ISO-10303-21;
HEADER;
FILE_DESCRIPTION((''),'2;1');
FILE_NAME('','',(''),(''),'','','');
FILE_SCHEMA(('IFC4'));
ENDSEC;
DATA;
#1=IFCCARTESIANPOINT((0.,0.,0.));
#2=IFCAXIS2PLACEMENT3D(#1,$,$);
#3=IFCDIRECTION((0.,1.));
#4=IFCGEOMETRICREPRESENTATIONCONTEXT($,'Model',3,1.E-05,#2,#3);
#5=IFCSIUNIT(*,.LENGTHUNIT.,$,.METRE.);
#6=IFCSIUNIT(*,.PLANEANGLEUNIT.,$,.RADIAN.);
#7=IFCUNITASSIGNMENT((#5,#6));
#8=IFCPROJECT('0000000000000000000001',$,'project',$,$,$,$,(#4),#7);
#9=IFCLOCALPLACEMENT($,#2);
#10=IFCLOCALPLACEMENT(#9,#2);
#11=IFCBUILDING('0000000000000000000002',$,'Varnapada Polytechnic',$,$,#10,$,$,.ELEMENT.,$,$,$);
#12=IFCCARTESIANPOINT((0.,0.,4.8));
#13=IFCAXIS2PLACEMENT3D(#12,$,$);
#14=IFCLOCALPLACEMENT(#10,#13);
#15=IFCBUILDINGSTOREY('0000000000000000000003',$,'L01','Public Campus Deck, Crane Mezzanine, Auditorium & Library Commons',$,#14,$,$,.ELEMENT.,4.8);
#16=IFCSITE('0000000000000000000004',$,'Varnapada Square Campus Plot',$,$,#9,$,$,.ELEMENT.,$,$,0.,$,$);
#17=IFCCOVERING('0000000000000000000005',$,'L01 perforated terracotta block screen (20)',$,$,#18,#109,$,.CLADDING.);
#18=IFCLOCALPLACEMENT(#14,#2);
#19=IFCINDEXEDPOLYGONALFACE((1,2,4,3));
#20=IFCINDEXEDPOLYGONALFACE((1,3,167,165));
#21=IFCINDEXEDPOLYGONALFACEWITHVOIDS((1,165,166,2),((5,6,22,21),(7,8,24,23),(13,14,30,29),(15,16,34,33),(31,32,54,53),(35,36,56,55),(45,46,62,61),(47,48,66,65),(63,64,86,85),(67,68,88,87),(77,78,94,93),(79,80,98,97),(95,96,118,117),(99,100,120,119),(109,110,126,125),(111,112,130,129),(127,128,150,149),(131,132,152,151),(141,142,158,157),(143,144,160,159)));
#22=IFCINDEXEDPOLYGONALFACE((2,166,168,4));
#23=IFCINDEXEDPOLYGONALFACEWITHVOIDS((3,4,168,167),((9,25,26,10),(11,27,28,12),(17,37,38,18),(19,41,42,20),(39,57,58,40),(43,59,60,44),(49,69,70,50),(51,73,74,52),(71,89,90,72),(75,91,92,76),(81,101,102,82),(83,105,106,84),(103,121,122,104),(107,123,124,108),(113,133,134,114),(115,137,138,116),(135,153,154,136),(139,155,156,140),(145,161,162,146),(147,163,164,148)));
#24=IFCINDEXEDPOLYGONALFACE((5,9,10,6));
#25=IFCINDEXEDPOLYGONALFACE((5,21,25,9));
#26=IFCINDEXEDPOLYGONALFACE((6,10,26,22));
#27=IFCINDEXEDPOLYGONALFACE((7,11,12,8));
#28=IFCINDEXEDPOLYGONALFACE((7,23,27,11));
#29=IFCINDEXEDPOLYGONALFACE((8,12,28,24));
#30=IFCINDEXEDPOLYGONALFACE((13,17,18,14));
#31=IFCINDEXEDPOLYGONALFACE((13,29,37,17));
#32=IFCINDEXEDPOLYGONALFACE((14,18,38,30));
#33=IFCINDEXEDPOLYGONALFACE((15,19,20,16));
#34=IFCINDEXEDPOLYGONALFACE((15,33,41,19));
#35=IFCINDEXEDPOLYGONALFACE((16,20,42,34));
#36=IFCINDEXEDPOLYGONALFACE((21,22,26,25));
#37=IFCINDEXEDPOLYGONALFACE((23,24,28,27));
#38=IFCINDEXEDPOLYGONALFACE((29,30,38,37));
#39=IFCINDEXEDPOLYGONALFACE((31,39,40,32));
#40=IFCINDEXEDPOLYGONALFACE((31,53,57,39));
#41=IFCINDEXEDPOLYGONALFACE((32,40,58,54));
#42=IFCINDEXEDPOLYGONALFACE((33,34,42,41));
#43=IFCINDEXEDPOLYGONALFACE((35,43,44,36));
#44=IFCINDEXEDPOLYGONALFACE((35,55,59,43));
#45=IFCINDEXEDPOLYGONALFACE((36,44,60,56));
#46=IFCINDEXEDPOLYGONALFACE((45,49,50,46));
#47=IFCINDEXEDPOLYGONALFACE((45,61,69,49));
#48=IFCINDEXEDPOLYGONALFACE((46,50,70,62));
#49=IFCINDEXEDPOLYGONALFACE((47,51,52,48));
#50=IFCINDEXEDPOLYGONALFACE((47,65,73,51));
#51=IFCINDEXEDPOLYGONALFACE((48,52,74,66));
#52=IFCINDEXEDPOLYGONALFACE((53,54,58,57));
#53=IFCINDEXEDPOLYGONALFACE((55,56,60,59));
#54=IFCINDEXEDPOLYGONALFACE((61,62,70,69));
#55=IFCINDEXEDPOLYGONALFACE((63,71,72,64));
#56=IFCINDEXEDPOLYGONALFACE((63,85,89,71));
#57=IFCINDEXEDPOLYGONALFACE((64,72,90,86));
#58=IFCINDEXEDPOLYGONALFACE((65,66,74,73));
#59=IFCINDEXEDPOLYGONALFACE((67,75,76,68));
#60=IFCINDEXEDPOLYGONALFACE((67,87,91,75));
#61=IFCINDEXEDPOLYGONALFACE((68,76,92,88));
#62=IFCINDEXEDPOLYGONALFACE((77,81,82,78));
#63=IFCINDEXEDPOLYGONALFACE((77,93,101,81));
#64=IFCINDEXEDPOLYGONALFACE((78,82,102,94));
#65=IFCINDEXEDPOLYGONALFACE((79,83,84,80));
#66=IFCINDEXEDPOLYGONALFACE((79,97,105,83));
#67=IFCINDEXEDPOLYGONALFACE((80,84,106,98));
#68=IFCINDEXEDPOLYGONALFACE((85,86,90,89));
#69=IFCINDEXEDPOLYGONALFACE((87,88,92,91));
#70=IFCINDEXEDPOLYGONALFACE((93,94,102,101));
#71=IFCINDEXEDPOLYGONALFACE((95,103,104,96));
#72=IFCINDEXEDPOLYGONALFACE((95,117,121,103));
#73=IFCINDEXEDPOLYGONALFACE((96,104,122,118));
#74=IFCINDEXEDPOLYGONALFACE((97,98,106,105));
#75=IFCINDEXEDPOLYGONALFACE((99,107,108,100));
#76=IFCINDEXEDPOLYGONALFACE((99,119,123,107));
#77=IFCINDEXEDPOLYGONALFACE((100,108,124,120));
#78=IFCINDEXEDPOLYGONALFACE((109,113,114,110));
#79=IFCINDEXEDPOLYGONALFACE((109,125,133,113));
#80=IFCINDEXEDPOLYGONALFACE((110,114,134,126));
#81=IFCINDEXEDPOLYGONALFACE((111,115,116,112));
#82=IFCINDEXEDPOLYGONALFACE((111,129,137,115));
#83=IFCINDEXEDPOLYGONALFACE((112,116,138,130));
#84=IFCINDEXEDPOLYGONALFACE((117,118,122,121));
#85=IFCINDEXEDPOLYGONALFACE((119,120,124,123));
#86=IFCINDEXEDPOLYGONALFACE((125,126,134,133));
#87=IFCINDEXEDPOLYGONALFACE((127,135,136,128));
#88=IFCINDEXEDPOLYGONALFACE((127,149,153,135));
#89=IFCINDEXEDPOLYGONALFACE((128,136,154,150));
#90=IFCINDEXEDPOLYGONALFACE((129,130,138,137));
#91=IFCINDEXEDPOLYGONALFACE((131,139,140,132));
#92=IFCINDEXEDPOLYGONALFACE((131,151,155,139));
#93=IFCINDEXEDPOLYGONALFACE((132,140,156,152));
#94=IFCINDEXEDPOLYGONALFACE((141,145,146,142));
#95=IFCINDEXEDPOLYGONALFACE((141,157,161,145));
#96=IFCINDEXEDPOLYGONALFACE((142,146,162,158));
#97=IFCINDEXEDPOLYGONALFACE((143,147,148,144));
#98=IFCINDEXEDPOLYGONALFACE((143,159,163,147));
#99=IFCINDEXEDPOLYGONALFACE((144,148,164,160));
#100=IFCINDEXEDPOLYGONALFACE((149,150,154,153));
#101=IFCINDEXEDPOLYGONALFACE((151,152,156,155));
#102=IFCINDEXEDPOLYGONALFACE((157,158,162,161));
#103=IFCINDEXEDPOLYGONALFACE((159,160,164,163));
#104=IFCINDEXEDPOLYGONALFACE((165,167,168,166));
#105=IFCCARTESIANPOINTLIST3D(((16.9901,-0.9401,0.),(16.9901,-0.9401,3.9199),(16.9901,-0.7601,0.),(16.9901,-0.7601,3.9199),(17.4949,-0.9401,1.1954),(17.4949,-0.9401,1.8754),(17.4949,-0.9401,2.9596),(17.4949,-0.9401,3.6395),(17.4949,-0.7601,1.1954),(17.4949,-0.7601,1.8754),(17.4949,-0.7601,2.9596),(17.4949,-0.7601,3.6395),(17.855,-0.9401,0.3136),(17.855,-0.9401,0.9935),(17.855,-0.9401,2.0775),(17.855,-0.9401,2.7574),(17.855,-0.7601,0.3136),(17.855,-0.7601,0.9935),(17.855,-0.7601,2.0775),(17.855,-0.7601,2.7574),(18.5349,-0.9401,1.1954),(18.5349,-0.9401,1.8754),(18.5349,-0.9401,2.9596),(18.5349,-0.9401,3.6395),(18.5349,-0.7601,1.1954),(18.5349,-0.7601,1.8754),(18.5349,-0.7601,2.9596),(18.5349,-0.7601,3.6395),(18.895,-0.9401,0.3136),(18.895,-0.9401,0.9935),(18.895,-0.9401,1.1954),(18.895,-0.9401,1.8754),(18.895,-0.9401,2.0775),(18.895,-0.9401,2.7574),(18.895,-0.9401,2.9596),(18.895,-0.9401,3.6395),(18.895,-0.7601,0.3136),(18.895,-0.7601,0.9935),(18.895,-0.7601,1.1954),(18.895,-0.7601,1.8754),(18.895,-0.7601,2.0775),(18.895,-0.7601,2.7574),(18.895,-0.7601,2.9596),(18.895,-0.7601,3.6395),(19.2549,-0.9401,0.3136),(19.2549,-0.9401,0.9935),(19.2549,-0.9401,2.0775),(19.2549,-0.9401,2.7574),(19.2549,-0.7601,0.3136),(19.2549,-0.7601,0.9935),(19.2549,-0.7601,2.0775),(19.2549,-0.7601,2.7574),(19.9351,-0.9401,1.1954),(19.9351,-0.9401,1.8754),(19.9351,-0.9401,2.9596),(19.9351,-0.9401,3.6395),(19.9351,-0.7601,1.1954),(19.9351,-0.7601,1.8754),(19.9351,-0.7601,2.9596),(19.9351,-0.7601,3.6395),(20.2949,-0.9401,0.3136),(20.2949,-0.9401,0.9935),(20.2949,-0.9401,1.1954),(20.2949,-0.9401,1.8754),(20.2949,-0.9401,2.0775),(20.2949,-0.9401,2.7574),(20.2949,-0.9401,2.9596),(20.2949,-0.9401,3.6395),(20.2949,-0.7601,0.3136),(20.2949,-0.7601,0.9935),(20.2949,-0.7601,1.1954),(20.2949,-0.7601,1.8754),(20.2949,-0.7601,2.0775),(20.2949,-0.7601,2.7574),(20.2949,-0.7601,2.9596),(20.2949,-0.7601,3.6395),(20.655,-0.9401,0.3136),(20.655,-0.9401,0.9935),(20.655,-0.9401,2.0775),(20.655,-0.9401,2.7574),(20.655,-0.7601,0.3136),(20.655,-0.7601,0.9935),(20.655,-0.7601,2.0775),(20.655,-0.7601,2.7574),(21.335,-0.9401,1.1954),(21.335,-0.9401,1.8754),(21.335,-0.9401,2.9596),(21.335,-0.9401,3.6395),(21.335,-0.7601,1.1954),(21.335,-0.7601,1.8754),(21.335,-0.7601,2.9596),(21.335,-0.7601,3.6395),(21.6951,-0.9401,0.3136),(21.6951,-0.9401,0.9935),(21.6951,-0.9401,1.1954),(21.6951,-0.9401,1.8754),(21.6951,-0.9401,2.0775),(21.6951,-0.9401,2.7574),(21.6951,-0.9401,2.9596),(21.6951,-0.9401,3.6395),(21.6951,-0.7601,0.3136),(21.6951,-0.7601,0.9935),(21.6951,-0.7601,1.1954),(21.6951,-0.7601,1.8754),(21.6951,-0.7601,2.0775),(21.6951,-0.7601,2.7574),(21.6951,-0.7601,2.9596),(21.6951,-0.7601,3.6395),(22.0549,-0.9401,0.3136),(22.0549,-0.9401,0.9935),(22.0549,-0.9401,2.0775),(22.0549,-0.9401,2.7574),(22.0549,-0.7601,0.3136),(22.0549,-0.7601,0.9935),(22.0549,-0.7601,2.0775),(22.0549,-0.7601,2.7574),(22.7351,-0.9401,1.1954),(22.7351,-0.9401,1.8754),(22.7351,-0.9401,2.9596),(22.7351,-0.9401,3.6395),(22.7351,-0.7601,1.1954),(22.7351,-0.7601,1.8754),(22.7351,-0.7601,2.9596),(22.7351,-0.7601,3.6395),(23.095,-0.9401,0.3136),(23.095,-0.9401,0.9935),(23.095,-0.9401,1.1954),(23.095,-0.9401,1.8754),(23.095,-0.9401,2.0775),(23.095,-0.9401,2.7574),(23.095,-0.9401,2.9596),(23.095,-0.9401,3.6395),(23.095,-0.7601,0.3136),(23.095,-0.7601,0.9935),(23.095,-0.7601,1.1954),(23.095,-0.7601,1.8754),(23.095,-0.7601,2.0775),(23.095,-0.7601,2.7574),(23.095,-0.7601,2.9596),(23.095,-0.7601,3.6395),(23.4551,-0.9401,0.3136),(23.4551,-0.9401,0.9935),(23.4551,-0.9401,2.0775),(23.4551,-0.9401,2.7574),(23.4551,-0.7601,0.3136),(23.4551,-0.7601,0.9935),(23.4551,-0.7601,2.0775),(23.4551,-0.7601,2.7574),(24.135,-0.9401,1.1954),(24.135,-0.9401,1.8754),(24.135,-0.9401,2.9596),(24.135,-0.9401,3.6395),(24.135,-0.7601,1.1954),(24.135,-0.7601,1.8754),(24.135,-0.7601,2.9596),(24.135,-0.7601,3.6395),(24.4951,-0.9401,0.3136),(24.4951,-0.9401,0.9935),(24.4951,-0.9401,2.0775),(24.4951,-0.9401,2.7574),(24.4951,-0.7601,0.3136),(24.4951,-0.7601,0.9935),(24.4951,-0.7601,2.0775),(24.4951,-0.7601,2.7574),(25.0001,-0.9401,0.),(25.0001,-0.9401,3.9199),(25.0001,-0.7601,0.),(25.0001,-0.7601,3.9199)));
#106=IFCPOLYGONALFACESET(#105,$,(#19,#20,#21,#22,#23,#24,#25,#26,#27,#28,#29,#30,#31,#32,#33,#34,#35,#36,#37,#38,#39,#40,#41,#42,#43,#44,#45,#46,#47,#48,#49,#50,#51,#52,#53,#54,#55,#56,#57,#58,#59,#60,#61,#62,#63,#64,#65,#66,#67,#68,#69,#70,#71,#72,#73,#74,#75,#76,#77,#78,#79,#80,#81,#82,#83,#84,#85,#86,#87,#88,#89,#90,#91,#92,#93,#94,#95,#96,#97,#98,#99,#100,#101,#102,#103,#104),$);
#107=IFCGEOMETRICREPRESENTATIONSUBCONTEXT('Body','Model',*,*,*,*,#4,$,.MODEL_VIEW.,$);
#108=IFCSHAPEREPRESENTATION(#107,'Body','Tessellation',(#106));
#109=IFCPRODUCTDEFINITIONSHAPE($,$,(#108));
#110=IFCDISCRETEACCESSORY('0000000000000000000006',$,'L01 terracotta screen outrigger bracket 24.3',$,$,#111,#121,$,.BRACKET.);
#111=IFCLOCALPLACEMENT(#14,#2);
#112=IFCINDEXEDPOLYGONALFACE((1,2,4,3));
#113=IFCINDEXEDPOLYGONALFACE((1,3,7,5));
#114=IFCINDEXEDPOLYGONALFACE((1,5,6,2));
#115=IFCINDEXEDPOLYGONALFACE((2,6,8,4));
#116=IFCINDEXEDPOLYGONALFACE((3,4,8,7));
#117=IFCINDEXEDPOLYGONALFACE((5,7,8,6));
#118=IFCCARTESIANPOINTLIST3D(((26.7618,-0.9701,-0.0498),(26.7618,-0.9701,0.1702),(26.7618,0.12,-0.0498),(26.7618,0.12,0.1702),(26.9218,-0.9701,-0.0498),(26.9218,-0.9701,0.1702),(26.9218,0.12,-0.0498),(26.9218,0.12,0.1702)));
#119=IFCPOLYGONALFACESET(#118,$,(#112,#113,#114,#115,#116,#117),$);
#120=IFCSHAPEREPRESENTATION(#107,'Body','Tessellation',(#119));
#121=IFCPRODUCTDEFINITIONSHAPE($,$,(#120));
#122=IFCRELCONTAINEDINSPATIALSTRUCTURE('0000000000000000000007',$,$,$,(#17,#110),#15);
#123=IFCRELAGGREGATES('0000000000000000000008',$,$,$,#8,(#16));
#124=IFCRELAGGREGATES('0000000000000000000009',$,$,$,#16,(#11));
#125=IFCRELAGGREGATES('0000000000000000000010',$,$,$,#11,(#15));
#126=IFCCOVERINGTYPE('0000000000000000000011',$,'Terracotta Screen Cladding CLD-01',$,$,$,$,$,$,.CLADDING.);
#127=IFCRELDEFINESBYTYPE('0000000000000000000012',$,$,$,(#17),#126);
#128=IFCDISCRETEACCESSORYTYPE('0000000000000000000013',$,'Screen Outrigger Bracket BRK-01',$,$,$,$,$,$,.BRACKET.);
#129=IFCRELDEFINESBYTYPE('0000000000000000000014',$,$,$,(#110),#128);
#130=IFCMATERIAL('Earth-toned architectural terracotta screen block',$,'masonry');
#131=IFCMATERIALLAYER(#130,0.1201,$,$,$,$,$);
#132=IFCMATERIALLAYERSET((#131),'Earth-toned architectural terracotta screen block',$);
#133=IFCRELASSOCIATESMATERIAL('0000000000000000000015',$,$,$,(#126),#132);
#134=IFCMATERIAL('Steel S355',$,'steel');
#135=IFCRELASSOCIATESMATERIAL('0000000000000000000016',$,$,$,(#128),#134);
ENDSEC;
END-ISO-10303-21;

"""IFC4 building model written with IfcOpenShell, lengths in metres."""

from ifc_helpers import new_model, si_unit, direction, frame, frame_2d, origin, origin_2d, place, context, subcontext, project, spatial, rectangle, extrude, material, layer, layer_set, type_object, element, save


model = new_model("IFC4")

# Units and contexts
model_context = context("Model", 3, precision=1e-05, world=origin(), true_north=direction((0.0, 1.0)))
body_context = subcontext(model_context, "Body", "Model", "MODEL_VIEW")
ifc_project = project(units=[si_unit("LENGTHUNIT", "METRE"), si_unit("PLANEANGLEUNIT", "RADIAN")], contexts=[model_context])

# Site, building, storey
site_placement = place(None, origin())
site = spatial("IfcSite", under=ifc_project, at=site_placement, Name="Varnapada Square Campus Plot", CompositionType="ELEMENT", RefElevation=0.0)
building_placement = place(site_placement, origin())
building = spatial("IfcBuilding", under=site, at=building_placement, Name="Varnapada Polytechnic", CompositionType="ELEMENT")
storey_placement = place(building_placement, frame((0.0, 0.0, 4.8)))
storey = spatial("IfcBuildingStorey", under=building, at=storey_placement, Name="L01", Description="Public Campus Deck, Crane Mezzanine, Auditorium & Library Commons", CompositionType="ELEMENT", Elevation=4.8)

# Shared definitions
ifc_material_1 = material(Name="Steel S355", Category="steel")

# Covering, openings
ifc_material_2 = material(Name="Earth-toned architectural terracotta screen block", Category="masonry")
ifc_layer_1 = layer(ifc_material_2, 0.1201)
ifc_layer_set_1 = layer_set([ifc_layer_1], Name="Earth-toned architectural terracotta screen block")
covering_type = type_object("IfcCoveringType", Name="Terracotta Screen Cladding CLD-01", PredefinedType="CLADDING", material=ifc_layer_set_1)
covering_placement = place(storey_placement, frame((25.0, -0.8501, 0.0), z_axis=(0.0, 0.0, 1.0), x_axis=(-1.0, 0.0, 0.0)))
covering = element("IfcCovering", 1, at=covering_placement, inside=storey, type_object=covering_type, Name="L01 perforated terracotta block screen (20)", PredefinedType="CLADDING", context=body_context, shape_type="SweptSolid", body=[
    extrude(rectangle(XDim=8.01, YDim=0.1799, at=frame_2d((4.0049, 0.0))), origin(), (0.0, 0.0, 1.0), 3.9199),
])
opening_1_placement = place(covering_placement, frame((0.5049, 0.0, 0.3137)))
element("IfcOpeningElement", 2, at=opening_1_placement, cuts=covering, PredefinedType="OPENING", context=body_context, shape_type="SweptSolid", body=[
    extrude(rectangle(XDim=1.04, YDim=0.6799, at=frame_2d((0.52, 0.3398))), frame((0.0, 0.0999, 0.0), z_axis=(0.0, -1.0, 0.0), x_axis=(1.0, 0.0, 0.0)), (0.0, 0.0, 1.0), 0.2),
])
opening_2_placement = place(covering_placement, frame((1.905, 0.0, 0.3137)))
element("IfcOpeningElement", 3, at=opening_2_placement, cuts=covering, PredefinedType="OPENING", context=body_context, shape_type="SweptSolid", body=[
    extrude(rectangle(XDim=1.04, YDim=0.6799, at=frame_2d((0.52, 0.3398))), frame((0.0, 0.0999, 0.0), z_axis=(0.0, -1.0, 0.0), x_axis=(1.0, 0.0, 0.0)), (0.0, 0.0, 1.0), 0.2),
])
opening_3_placement = place(covering_placement, frame((3.3049, 0.0, 0.3137)))
element("IfcOpeningElement", 4, at=opening_3_placement, cuts=covering, PredefinedType="OPENING", context=body_context, shape_type="SweptSolid", body=[
    extrude(rectangle(XDim=1.04, YDim=0.6799, at=frame_2d((0.52, 0.3398))), frame((0.0, 0.0999, 0.0), z_axis=(0.0, -1.0, 0.0), x_axis=(1.0, 0.0, 0.0)), (0.0, 0.0, 1.0), 0.2),
])
opening_4_placement = place(covering_placement, frame((4.7051, 0.0, 0.3137)))
element("IfcOpeningElement", 5, at=opening_4_placement, cuts=covering, PredefinedType="OPENING", context=body_context, shape_type="SweptSolid", body=[
    extrude(rectangle(XDim=1.04, YDim=0.6799, at=frame_2d((0.52, 0.3398))), frame((0.0, 0.0999, 0.0), z_axis=(0.0, -1.0, 0.0), x_axis=(1.0, 0.0, 0.0)), (0.0, 0.0, 1.0), 0.2),
])
opening_5_placement = place(covering_placement, frame((6.105, 0.0, 0.3137)))
element("IfcOpeningElement", 6, at=opening_5_placement, cuts=covering, PredefinedType="OPENING", context=body_context, shape_type="SweptSolid", body=[
    extrude(rectangle(XDim=1.04, YDim=0.6799, at=frame_2d((0.52, 0.3398))), frame((0.0, 0.0999, 0.0), z_axis=(0.0, -1.0, 0.0), x_axis=(1.0, 0.0, 0.0)), (0.0, 0.0, 1.0), 0.2),
])
opening_6_placement = place(covering_placement, frame((0.865, 0.0, 1.1956)))
element("IfcOpeningElement", 7, at=opening_6_placement, cuts=covering, PredefinedType="OPENING", context=body_context, shape_type="SweptSolid", body=[
    extrude(rectangle(XDim=1.04, YDim=0.6799, at=frame_2d((0.52, 0.3398))), frame((0.0, 0.0999, 0.0), z_axis=(0.0, -1.0, 0.0), x_axis=(1.0, 0.0, 0.0)), (0.0, 0.0, 1.0), 0.2),
])
opening_7_placement = place(covering_placement, frame((2.2649, 0.0, 1.1956)))
element("IfcOpeningElement", 8, at=opening_7_placement, cuts=covering, PredefinedType="OPENING", context=body_context, shape_type="SweptSolid", body=[
    extrude(rectangle(XDim=1.04, YDim=0.6799, at=frame_2d((0.52, 0.3398))), frame((0.0, 0.0999, 0.0), z_axis=(0.0, -1.0, 0.0), x_axis=(1.0, 0.0, 0.0)), (0.0, 0.0, 1.0), 0.2),
])
opening_8_placement = place(covering_placement, frame((3.665, 0.0, 1.1956)))
element("IfcOpeningElement", 9, at=opening_8_placement, cuts=covering, PredefinedType="OPENING", context=body_context, shape_type="SweptSolid", body=[
    extrude(rectangle(XDim=1.04, YDim=0.6799, at=frame_2d((0.52, 0.3398))), frame((0.0, 0.0999, 0.0), z_axis=(0.0, -1.0, 0.0), x_axis=(1.0, 0.0, 0.0)), (0.0, 0.0, 1.0), 0.2),
])
opening_9_placement = place(covering_placement, frame((5.0649, 0.0, 1.1956)))
element("IfcOpeningElement", 10, at=opening_9_placement, cuts=covering, PredefinedType="OPENING", context=body_context, shape_type="SweptSolid", body=[
    extrude(rectangle(XDim=1.04, YDim=0.6799, at=frame_2d((0.52, 0.3398))), frame((0.0, 0.0999, 0.0), z_axis=(0.0, -1.0, 0.0), x_axis=(1.0, 0.0, 0.0)), (0.0, 0.0, 1.0), 0.2),
])
opening_10_placement = place(covering_placement, frame((6.4651, 0.0, 1.1956)))
element("IfcOpeningElement", 11, at=opening_10_placement, cuts=covering, PredefinedType="OPENING", context=body_context, shape_type="SweptSolid", body=[
    extrude(rectangle(XDim=1.04, YDim=0.6799, at=frame_2d((0.52, 0.3398))), frame((0.0, 0.0999, 0.0), z_axis=(0.0, -1.0, 0.0), x_axis=(1.0, 0.0, 0.0)), (0.0, 0.0, 1.0), 0.2),
])
opening_11_placement = place(covering_placement, frame((0.5049, 0.0, 2.0776)))
element("IfcOpeningElement", 12, at=opening_11_placement, cuts=covering, PredefinedType="OPENING", context=body_context, shape_type="SweptSolid", body=[
    extrude(rectangle(XDim=1.04, YDim=0.6799, at=frame_2d((0.52, 0.3398))), frame((0.0, 0.0999, 0.0), z_axis=(0.0, -1.0, 0.0), x_axis=(1.0, 0.0, 0.0)), (0.0, 0.0, 1.0), 0.2),
])
opening_12_placement = place(covering_placement, frame((1.905, 0.0, 2.0776)))
element("IfcOpeningElement", 13, at=opening_12_placement, cuts=covering, PredefinedType="OPENING", context=body_context, shape_type="SweptSolid", body=[
    extrude(rectangle(XDim=1.04, YDim=0.6799, at=frame_2d((0.52, 0.3398))), frame((0.0, 0.0999, 0.0), z_axis=(0.0, -1.0, 0.0), x_axis=(1.0, 0.0, 0.0)), (0.0, 0.0, 1.0), 0.2),
])
opening_13_placement = place(covering_placement, frame((3.3049, 0.0, 2.0776)))
element("IfcOpeningElement", 14, at=opening_13_placement, cuts=covering, PredefinedType="OPENING", context=body_context, shape_type="SweptSolid", body=[
    extrude(rectangle(XDim=1.04, YDim=0.6799, at=frame_2d((0.52, 0.3398))), frame((0.0, 0.0999, 0.0), z_axis=(0.0, -1.0, 0.0), x_axis=(1.0, 0.0, 0.0)), (0.0, 0.0, 1.0), 0.2),
])
opening_14_placement = place(covering_placement, frame((4.7051, 0.0, 2.0776)))
element("IfcOpeningElement", 15, at=opening_14_placement, cuts=covering, PredefinedType="OPENING", context=body_context, shape_type="SweptSolid", body=[
    extrude(rectangle(XDim=1.04, YDim=0.6799, at=frame_2d((0.52, 0.3398))), frame((0.0, 0.0999, 0.0), z_axis=(0.0, -1.0, 0.0), x_axis=(1.0, 0.0, 0.0)), (0.0, 0.0, 1.0), 0.2),
])
opening_15_placement = place(covering_placement, frame((6.105, 0.0, 2.0776)))
element("IfcOpeningElement", 16, at=opening_15_placement, cuts=covering, PredefinedType="OPENING", context=body_context, shape_type="SweptSolid", body=[
    extrude(rectangle(XDim=1.04, YDim=0.6799, at=frame_2d((0.52, 0.3398))), frame((0.0, 0.0999, 0.0), z_axis=(0.0, -1.0, 0.0), x_axis=(1.0, 0.0, 0.0)), (0.0, 0.0, 1.0), 0.2),
])
opening_16_placement = place(covering_placement, frame((0.865, 0.0, 2.9597)))
element("IfcOpeningElement", 17, at=opening_16_placement, cuts=covering, PredefinedType="OPENING", context=body_context, shape_type="SweptSolid", body=[
    extrude(rectangle(XDim=1.04, YDim=0.6799, at=frame_2d((0.52, 0.3398))), frame((0.0, 0.0999, 0.0), z_axis=(0.0, -1.0, 0.0), x_axis=(1.0, 0.0, 0.0)), (0.0, 0.0, 1.0), 0.2),
])
opening_17_placement = place(covering_placement, frame((2.2649, 0.0, 2.9597)))
element("IfcOpeningElement", 18, at=opening_17_placement, cuts=covering, PredefinedType="OPENING", context=body_context, shape_type="SweptSolid", body=[
    extrude(rectangle(XDim=1.04, YDim=0.6799, at=frame_2d((0.52, 0.3398))), frame((0.0, 0.0999, 0.0), z_axis=(0.0, -1.0, 0.0), x_axis=(1.0, 0.0, 0.0)), (0.0, 0.0, 1.0), 0.2),
])
opening_18_placement = place(covering_placement, frame((3.665, 0.0, 2.9597)))
element("IfcOpeningElement", 19, at=opening_18_placement, cuts=covering, PredefinedType="OPENING", context=body_context, shape_type="SweptSolid", body=[
    extrude(rectangle(XDim=1.04, YDim=0.6799, at=frame_2d((0.52, 0.3398))), frame((0.0, 0.0999, 0.0), z_axis=(0.0, -1.0, 0.0), x_axis=(1.0, 0.0, 0.0)), (0.0, 0.0, 1.0), 0.2),
])
opening_19_placement = place(covering_placement, frame((5.0649, 0.0, 2.9597)))
element("IfcOpeningElement", 20, at=opening_19_placement, cuts=covering, PredefinedType="OPENING", context=body_context, shape_type="SweptSolid", body=[
    extrude(rectangle(XDim=1.04, YDim=0.6799, at=frame_2d((0.52, 0.3398))), frame((0.0, 0.0999, 0.0), z_axis=(0.0, -1.0, 0.0), x_axis=(1.0, 0.0, 0.0)), (0.0, 0.0, 1.0), 0.2),
])
opening_20_placement = place(covering_placement, frame((6.4651, 0.0, 2.9597)))
element("IfcOpeningElement", 21, at=opening_20_placement, cuts=covering, PredefinedType="OPENING", context=body_context, shape_type="SweptSolid", body=[
    extrude(rectangle(XDim=1.04, YDim=0.6799, at=frame_2d((0.52, 0.3398))), frame((0.0, 0.0999, 0.0), z_axis=(0.0, -1.0, 0.0), x_axis=(1.0, 0.0, 0.0)), (0.0, 0.0, 1.0), 0.2),
])

# Discrete accessory
discrete_accessory_type = type_object("IfcDiscreteAccessoryType", Name="Screen Outrigger Bracket BRK-01", PredefinedType="BRACKET", material=ifc_material_1)
discrete_accessory_placement = place(storey_placement, frame((26.8418, -0.425, -0.0498), z_axis=(0.0, 0.0, 1.0), x_axis=(-1.0, 0.0, 0.0)))
element("IfcDiscreteAccessory", 22, at=discrete_accessory_placement, inside=storey, type_object=discrete_accessory_type, Name="L01 terracotta screen outrigger bracket 24.3", PredefinedType="BRACKET", context=body_context, shape_type="SweptSolid", body=[
    extrude(rectangle(XDim=0.1599, YDim=1.0901, at=origin_2d()), origin(), (0.0, 0.0, 1.0), 0.22),
])

save(model, "model.ifc")
